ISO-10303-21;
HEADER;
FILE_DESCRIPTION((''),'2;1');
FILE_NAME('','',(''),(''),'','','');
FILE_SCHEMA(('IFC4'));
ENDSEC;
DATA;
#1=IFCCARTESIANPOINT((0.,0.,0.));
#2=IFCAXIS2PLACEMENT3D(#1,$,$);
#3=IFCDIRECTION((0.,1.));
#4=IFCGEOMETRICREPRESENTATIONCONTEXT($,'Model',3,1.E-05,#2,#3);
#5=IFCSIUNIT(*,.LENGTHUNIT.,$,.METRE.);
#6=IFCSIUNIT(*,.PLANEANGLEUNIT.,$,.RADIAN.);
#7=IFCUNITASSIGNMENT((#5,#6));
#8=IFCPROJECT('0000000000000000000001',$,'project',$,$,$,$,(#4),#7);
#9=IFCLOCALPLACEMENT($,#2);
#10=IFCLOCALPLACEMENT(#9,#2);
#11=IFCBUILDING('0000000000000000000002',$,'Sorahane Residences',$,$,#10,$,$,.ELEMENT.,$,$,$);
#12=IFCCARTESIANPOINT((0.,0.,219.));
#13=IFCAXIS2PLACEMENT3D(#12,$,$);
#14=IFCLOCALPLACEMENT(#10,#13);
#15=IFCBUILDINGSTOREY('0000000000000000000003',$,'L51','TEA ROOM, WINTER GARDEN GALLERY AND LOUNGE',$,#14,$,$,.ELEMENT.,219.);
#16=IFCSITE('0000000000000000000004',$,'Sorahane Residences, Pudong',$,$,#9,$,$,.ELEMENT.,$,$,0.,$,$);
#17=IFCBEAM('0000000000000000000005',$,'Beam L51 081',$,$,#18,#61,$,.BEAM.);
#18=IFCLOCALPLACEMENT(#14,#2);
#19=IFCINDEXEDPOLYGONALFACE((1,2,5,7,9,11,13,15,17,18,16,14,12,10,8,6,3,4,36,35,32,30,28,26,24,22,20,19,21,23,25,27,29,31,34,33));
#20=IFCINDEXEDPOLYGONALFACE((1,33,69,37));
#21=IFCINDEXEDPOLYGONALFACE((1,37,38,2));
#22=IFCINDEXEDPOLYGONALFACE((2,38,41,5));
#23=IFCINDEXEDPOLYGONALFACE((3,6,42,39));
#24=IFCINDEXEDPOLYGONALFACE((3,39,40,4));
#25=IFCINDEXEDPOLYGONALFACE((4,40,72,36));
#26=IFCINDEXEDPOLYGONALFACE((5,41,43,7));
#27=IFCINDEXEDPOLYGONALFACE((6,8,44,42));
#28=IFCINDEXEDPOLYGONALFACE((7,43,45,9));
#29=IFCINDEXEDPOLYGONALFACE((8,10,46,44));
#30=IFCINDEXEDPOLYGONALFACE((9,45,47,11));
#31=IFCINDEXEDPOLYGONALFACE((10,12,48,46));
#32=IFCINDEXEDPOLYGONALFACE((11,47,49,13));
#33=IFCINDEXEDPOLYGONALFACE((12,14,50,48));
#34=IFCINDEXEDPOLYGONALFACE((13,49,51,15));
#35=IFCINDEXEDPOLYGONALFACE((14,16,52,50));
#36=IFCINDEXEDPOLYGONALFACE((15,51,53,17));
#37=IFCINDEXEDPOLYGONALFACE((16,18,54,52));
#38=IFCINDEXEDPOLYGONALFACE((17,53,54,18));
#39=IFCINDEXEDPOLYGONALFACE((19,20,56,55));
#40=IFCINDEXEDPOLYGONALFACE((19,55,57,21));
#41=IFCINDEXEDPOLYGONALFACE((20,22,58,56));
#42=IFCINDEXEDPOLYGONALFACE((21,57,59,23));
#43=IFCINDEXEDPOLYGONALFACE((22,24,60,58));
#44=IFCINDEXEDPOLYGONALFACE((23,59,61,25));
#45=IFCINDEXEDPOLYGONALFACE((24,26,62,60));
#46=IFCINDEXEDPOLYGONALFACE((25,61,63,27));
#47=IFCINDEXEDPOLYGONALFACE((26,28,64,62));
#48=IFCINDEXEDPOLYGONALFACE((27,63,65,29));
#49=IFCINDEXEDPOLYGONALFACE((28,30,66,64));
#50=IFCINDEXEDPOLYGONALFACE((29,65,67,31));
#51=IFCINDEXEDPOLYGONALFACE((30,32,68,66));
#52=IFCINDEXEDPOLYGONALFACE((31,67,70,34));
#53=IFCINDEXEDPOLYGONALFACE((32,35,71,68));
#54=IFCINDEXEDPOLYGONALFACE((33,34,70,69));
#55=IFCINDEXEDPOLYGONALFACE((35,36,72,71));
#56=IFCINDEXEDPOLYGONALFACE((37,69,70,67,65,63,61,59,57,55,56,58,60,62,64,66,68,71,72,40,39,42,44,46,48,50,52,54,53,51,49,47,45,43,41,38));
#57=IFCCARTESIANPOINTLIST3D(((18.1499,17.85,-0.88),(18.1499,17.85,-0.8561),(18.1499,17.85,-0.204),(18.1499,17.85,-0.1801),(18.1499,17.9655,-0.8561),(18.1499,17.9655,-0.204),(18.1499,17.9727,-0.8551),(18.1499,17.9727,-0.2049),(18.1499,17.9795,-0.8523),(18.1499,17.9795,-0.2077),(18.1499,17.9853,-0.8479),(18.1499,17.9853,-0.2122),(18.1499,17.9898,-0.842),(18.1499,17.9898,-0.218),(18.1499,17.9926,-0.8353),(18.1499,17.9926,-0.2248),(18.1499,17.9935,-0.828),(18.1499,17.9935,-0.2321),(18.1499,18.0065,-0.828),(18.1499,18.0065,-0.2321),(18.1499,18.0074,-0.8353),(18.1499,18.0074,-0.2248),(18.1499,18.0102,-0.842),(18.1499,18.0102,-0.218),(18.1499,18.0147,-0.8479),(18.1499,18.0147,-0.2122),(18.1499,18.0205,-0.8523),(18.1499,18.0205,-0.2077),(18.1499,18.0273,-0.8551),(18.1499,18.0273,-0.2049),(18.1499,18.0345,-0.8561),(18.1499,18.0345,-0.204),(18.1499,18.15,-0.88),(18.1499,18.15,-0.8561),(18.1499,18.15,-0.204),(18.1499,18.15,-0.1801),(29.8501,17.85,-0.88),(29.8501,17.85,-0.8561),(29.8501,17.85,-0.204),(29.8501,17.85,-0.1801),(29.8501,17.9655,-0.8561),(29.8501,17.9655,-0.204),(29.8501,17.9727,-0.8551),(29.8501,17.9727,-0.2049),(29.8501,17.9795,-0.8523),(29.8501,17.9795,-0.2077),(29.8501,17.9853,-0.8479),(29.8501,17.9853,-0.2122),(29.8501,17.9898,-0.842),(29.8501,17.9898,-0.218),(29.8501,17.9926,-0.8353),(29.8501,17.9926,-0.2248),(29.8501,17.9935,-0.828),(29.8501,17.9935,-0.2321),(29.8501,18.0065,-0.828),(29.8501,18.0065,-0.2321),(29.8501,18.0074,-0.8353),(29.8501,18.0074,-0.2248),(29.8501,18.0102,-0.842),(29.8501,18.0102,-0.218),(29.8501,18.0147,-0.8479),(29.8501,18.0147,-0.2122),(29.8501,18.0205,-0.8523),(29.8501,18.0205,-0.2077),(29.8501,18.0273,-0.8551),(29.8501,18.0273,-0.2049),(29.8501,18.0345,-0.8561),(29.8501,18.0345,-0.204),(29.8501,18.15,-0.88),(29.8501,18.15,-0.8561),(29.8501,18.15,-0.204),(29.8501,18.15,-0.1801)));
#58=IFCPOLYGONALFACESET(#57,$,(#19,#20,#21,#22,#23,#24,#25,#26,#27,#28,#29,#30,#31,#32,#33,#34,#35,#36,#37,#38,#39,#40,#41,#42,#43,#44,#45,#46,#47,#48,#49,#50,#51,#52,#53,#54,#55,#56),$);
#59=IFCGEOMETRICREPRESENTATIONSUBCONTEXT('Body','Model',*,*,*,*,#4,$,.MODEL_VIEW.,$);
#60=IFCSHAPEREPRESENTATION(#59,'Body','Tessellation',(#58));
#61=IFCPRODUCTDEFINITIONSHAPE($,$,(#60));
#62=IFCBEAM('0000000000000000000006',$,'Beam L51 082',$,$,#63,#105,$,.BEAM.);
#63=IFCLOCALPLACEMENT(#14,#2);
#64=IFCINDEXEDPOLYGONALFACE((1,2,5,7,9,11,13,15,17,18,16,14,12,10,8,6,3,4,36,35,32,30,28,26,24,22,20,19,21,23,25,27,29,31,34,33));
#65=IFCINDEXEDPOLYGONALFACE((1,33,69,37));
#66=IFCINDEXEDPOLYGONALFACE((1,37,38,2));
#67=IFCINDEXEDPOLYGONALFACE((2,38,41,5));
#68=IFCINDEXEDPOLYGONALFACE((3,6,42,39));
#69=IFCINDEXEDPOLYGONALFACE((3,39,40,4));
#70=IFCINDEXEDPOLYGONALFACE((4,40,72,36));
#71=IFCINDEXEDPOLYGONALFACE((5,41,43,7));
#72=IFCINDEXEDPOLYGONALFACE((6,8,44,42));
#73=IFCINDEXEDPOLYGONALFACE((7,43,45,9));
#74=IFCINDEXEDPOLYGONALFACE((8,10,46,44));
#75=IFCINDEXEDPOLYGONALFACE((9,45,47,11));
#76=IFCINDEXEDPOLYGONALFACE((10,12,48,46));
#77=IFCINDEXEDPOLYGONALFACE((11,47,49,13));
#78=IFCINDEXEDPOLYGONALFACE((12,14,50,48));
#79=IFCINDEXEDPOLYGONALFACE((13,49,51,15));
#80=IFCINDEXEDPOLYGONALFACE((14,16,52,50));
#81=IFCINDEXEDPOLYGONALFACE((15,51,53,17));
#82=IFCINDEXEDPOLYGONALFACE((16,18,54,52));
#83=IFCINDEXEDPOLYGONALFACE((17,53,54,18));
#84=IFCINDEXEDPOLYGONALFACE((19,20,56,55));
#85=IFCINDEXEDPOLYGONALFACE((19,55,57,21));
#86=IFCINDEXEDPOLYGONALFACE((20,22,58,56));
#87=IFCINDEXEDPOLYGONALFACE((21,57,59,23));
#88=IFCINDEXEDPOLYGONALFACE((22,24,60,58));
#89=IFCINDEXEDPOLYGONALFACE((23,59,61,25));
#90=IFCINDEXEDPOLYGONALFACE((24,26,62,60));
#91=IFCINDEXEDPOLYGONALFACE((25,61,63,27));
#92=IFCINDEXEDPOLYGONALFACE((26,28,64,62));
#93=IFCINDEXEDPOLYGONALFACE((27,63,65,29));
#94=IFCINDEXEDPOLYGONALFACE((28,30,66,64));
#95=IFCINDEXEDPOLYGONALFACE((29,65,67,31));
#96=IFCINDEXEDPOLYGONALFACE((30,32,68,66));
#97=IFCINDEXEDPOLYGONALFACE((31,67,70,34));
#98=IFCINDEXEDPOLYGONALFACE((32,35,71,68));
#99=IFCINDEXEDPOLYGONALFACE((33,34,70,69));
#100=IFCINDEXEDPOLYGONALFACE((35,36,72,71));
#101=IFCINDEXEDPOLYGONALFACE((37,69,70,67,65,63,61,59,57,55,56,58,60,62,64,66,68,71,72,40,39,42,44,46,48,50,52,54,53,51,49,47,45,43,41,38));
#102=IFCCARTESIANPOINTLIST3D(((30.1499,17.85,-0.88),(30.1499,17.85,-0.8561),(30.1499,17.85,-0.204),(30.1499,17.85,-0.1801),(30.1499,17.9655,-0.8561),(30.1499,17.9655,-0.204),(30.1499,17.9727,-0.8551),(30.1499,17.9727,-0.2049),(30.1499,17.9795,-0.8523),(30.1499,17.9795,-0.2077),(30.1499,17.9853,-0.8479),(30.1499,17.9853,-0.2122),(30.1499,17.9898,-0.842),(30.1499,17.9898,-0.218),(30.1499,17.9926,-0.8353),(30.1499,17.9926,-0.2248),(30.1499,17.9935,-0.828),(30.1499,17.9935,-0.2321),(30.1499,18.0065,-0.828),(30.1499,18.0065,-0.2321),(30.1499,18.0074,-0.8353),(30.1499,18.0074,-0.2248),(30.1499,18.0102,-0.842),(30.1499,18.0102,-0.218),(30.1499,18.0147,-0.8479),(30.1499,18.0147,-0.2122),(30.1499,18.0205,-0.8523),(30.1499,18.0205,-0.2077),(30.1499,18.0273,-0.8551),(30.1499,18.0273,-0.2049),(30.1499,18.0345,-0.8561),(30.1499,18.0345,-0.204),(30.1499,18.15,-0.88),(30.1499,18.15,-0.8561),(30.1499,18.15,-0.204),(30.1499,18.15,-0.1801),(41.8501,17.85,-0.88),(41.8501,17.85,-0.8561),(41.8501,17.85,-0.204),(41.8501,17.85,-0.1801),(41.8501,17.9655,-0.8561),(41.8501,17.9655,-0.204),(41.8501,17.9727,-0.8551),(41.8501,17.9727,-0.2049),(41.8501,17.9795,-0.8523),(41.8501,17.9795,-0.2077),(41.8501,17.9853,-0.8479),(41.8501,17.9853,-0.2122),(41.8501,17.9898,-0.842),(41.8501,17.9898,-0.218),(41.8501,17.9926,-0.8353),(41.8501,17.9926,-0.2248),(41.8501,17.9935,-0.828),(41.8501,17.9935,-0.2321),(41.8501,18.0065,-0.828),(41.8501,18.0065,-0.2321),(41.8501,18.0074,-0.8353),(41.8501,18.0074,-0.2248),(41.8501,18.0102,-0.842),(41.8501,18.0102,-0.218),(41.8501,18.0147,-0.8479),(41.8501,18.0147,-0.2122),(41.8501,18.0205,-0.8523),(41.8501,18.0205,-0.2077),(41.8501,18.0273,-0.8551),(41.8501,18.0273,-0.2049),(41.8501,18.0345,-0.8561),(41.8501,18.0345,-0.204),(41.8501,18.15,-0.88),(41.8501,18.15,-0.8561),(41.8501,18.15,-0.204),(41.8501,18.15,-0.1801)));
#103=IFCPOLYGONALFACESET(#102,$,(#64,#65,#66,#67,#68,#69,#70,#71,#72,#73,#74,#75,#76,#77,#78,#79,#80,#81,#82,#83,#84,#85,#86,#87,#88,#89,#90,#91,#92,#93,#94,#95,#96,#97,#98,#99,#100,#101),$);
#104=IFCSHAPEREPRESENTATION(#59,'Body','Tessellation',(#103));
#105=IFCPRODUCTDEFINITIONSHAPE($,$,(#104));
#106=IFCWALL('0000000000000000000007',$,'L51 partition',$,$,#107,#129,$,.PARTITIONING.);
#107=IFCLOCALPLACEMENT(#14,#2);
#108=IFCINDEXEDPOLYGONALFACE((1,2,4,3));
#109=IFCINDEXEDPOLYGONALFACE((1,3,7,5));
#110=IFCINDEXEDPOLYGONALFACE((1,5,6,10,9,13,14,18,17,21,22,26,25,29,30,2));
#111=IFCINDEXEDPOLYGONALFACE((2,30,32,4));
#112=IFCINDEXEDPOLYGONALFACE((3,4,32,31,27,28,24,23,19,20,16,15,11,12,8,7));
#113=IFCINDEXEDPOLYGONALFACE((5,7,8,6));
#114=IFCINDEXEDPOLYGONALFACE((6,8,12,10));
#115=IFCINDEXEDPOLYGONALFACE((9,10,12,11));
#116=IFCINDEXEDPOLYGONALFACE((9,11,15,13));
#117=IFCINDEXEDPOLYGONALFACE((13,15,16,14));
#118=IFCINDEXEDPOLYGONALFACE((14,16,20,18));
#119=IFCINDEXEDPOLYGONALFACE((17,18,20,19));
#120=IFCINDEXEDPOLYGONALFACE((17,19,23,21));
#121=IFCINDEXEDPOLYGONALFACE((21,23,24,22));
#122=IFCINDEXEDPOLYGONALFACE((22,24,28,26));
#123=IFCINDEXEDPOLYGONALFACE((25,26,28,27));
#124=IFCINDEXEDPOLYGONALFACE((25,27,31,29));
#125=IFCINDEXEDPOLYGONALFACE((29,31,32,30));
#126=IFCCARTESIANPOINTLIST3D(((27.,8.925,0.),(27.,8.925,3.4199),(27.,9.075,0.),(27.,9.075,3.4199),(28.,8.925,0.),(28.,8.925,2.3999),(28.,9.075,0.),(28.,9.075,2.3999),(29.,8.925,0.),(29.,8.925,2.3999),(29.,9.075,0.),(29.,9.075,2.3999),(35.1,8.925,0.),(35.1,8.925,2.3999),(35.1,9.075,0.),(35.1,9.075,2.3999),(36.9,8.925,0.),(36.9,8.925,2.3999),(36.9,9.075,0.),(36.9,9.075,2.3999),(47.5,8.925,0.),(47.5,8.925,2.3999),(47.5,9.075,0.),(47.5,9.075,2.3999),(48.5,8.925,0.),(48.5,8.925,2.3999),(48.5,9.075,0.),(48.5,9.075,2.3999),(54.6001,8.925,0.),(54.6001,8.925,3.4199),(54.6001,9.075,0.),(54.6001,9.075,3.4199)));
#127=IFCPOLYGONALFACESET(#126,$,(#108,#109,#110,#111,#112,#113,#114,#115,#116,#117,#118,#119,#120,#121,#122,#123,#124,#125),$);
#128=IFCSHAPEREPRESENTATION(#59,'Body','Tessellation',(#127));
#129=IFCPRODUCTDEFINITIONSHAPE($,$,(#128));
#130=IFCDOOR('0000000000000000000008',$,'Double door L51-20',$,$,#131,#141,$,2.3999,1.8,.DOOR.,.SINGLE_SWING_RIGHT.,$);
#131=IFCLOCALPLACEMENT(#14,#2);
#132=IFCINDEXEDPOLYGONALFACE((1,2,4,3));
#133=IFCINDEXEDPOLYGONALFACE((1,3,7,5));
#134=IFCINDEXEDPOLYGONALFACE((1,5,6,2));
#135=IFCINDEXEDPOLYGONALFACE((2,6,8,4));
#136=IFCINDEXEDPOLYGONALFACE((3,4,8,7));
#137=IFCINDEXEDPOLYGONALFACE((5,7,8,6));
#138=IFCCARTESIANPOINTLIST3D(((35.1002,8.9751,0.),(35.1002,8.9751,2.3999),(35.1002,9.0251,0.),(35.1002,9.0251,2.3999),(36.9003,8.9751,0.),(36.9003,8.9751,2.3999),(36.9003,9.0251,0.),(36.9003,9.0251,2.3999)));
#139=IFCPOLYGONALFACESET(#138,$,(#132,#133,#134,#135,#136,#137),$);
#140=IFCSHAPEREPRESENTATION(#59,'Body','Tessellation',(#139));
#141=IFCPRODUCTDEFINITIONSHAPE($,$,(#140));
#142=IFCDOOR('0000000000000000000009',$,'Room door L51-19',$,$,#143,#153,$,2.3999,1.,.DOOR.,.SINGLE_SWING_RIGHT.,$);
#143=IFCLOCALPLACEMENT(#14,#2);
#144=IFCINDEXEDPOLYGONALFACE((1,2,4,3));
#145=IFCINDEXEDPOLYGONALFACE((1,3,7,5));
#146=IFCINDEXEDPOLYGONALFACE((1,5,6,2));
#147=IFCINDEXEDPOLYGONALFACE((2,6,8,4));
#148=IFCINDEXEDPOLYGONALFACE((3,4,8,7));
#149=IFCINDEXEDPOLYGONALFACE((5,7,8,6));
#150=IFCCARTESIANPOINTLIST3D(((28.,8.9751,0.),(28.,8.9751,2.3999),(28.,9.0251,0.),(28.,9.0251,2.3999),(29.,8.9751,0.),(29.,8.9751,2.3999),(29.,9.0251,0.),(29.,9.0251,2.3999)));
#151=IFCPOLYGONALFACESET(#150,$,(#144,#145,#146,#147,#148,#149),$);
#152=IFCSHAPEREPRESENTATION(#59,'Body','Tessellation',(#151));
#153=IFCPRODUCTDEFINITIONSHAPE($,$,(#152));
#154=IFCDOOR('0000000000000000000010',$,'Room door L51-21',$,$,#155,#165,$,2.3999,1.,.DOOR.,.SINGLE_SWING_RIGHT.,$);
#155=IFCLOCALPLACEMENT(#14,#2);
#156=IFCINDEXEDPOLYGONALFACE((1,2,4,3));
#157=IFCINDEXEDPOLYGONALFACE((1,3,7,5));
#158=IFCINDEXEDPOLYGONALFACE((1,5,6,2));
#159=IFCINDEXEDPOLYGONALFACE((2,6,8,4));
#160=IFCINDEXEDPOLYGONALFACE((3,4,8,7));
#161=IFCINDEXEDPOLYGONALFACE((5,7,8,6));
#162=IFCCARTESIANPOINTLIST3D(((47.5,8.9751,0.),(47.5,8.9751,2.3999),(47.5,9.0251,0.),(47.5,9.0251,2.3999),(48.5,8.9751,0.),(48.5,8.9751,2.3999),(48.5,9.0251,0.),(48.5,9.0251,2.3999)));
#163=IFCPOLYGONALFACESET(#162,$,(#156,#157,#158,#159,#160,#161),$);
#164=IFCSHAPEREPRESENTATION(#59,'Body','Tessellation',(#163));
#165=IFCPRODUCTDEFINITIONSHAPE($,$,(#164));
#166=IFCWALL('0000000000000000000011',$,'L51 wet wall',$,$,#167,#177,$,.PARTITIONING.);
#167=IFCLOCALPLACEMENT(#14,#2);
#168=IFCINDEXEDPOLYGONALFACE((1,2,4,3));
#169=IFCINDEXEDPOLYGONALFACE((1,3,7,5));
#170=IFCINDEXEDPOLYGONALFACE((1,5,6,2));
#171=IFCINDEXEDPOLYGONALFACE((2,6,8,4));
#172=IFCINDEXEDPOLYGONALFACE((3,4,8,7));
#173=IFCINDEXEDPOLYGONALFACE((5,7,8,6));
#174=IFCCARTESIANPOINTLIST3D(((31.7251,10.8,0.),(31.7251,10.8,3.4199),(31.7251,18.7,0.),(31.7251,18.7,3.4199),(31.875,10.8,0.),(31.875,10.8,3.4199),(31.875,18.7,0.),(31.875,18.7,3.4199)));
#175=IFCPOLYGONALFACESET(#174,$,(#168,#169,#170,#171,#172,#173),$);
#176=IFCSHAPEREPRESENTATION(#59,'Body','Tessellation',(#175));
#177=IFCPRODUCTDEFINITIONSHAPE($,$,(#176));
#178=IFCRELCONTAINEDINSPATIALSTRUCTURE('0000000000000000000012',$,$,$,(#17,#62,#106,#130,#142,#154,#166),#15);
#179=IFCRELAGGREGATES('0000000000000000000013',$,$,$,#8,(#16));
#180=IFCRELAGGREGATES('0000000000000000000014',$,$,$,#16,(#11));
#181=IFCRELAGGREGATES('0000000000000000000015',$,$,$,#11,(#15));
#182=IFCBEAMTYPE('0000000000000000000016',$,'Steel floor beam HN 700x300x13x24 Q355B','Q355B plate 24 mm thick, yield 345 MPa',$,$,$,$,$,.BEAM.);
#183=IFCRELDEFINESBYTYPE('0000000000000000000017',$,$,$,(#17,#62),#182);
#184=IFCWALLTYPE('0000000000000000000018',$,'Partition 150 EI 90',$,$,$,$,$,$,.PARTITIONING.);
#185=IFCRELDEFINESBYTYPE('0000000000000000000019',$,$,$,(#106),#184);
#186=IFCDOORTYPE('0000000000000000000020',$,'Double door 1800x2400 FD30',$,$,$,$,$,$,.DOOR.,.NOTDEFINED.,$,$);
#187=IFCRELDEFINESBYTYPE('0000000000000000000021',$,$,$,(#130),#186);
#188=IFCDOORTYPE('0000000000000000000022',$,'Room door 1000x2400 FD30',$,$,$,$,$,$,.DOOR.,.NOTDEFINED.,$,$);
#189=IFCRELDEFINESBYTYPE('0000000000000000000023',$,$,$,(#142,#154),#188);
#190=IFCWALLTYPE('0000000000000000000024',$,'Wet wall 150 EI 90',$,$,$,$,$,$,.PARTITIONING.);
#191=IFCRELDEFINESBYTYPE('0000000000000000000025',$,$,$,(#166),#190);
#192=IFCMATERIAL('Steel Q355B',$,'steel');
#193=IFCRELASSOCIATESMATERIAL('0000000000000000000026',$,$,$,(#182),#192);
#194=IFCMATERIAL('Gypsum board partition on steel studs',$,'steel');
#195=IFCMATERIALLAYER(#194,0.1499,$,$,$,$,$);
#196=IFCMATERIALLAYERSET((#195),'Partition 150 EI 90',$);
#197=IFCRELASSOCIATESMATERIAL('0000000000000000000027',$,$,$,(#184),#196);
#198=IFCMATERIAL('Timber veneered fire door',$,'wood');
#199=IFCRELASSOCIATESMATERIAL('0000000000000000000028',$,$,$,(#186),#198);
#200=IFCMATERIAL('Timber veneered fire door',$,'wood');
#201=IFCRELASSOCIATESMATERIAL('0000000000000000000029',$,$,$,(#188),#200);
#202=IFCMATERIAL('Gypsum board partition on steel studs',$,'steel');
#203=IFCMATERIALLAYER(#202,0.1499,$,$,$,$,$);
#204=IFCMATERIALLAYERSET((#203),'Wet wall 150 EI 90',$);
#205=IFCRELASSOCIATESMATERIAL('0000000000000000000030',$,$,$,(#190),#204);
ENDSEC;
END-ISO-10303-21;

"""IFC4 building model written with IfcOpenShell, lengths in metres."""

from ifc_helpers import new_model, si_unit, direction, frame, frame_2d, origin, origin_2d, place, context, subcontext, project, spatial, rectangle, i_section, extrude, material, layer, layer_set, material_profile, profile_set, type_object, element, fill, save


model = new_model("IFC4")

# Units and contexts
model_context = context("Model", 3, precision=1e-05, world=origin(), true_north=direction((0.0, 1.0)))
body_context = subcontext(model_context, "Body", "Model", "MODEL_VIEW")
ifc_project = project(units=[si_unit("LENGTHUNIT", "METRE"), si_unit("PLANEANGLEUNIT", "RADIAN")], contexts=[model_context])

# Site, building, storey
site_placement = place(None, origin())
site = spatial("IfcSite", under=ifc_project, at=site_placement, Name="Sorahane Residences, Pudong", CompositionType="ELEMENT", RefElevation=0.0)
building_placement = place(site_placement, origin())
building = spatial("IfcBuilding", under=site, at=building_placement, Name="Sorahane Residences", CompositionType="ELEMENT")
storey_placement = place(building_placement, frame((0.0, 0.0, 219.0)))
storey = spatial("IfcBuildingStorey", under=building, at=storey_placement, Name="L51", Description="TEA ROOM, WINTER GARDEN GALLERY AND LOUNGE", CompositionType="ELEMENT", Elevation=219.0)

# Beams
ifc_material_1 = material(Name="Steel Q355B", Category="steel")
ifc_material_profile_1 = material_profile(ifc_material_1, i_section(OverallWidth=0.3, OverallDepth=0.7, WebThickness=0.0129, FlangeThickness=0.0239, FilletRadius=0.0281, at=origin_2d()), Name="HN 700x300x13x24")
ifc_profile_set_1 = profile_set([ifc_material_profile_1], Name="Steel Q355B")
beam_type_1 = type_object("IfcBeamType", Name="Steel floor beam HN 700x300x13x24 Q355B", Description="Q355B plate 24 mm thick, yield 345 MPa", PredefinedType="BEAM", material=ifc_profile_set_1)
for number, where, z_axis, x_axis, name in (
    (1, (18.1499, 18.0, -0.53), (1.0, 0.0, 0.0), (0.0, 1.0, 0.0), "Beam L51 081"),
    (2, (30.1499, 18.0, -0.53), (1.0, 0.0, 0.0), (0.0, 1.0, 0.0), "Beam L51 082"),
):
    element("IfcBeam", number, at=place(storey_placement, frame(where, z_axis=z_axis, x_axis=x_axis)), inside=storey, type_object=beam_type_1, Name=name, PredefinedType="BEAM", context=body_context, shape_type="SweptSolid", body=[
        extrude(i_section(OverallWidth=0.3, OverallDepth=0.7, WebThickness=0.0129, FlangeThickness=0.0239, FilletRadius=0.0281, at=origin_2d()), origin(), (0.0, 0.0, 1.0), 11.7002),
    ])

# Wall, openings, doors
ifc_material_2 = material(Name="Gypsum board partition on steel studs", Category="steel")
ifc_layer_1 = layer(ifc_material_2, 0.1499)
ifc_layer_set_1 = layer_set([ifc_layer_1], Name="Partition 150 EI 90")
wall_type_1 = type_object("IfcWallType", Name="Partition 150 EI 90", PredefinedType="PARTITIONING", material=ifc_layer_set_1)
wall_1_placement = place(storey_placement, frame((27.0, 9.0, 0.0), z_axis=(0.0, 0.0, 1.0), x_axis=(1.0, 0.0, 0.0)))
wall_1 = element("IfcWall", 3, at=wall_1_placement, inside=storey, type_object=wall_type_1, Name="L51 partition", PredefinedType="PARTITIONING", context=body_context, shape_type="SweptSolid", body=[
    extrude(rectangle(XDim=27.6001, YDim=0.1499, at=frame_2d((13.8, 0.0))), origin(), (0.0, 0.0, 1.0), 3.4199),
])
opening_1_placement = place(wall_1_placement, frame((1.0, 0.0, 0.0)))
opening_1 = element("IfcOpeningElement", 4, at=opening_1_placement, cuts=wall_1, PredefinedType="OPENING", context=body_context, shape_type="SweptSolid", body=[
    extrude(rectangle(XDim=1.0, YDim=2.3999, at=frame_2d((0.5, 1.2))), frame((0.0, 0.085, 0.0), z_axis=(0.0, -1.0, 0.0), x_axis=(1.0, 0.0, 0.0)), (0.0, 0.0, 1.0), 0.1699),
])
opening_2_placement = place(wall_1_placement, frame((8.1001, 0.0, 0.0)))
opening_2 = element("IfcOpeningElement", 5, at=opening_2_placement, cuts=wall_1, PredefinedType="OPENING", context=body_context, shape_type="SweptSolid", body=[
    extrude(rectangle(XDim=1.8, YDim=2.3999, at=frame_2d((0.8999, 1.2))), frame((0.0, 0.085, 0.0), z_axis=(0.0, -1.0, 0.0), x_axis=(1.0, 0.0, 0.0)), (0.0, 0.0, 1.0), 0.1699),
])
opening_3_placement = place(wall_1_placement, frame((20.5, 0.0, 0.0)))
opening_3 = element("IfcOpeningElement", 6, at=opening_3_placement, cuts=wall_1, PredefinedType="OPENING", context=body_context, shape_type="SweptSolid", body=[
    extrude(rectangle(XDim=1.0, YDim=2.3999, at=frame_2d((0.5, 1.2))), frame((0.0, 0.085, 0.0), z_axis=(0.0, -1.0, 0.0), x_axis=(1.0, 0.0, 0.0)), (0.0, 0.0, 1.0), 0.1699),
])
ifc_material_3 = material(Name="Timber veneered fire door", Category="wood")
door_type_1 = type_object("IfcDoorType", Name="Double door 1800x2400 FD30", OperationType="NOTDEFINED", PredefinedType="DOOR", material=ifc_material_3)
door_1_placement = place(opening_2_placement, frame((1.8, 0.0, 0.0), z_axis=(0.0, 0.0, 1.0), x_axis=(-1.0, 0.0, 0.0)))
door_1 = element("IfcDoor", 7, at=door_1_placement, inside=storey, type_object=door_type_1, Name="Double door L51-20", OperationType="SINGLE_SWING_RIGHT", OverallHeight=2.3999, OverallWidth=1.8, PredefinedType="DOOR", context=body_context, shape_type="SweptSolid", body=[
    extrude(rectangle(XDim=1.8, YDim=2.3999, at=frame_2d((0.8999, 1.2))), frame((0.0, 0.0249, 0.0), z_axis=(0.0, -1.0, 0.0), x_axis=(1.0, 0.0, 0.0)), (0.0, 0.0, 1.0), 0.05),
])
fill(opening_2, door_1)
ifc_material_4 = material(Name="Timber veneered fire door", Category="wood")
door_type_2 = type_object("IfcDoorType", Name="Room door 1000x2400 FD30", OperationType="NOTDEFINED", PredefinedType="DOOR", material=ifc_material_4)
door_2_placement = place(opening_1_placement, frame((1.0, 0.0, 0.0), z_axis=(0.0, 0.0, 1.0), x_axis=(-1.0, 0.0, 0.0)))
door_2 = element("IfcDoor", 8, at=door_2_placement, inside=storey, type_object=door_type_2, Name="Room door L51-19", OperationType="SINGLE_SWING_RIGHT", OverallHeight=2.3999, OverallWidth=1.0, PredefinedType="DOOR", context=body_context, shape_type="SweptSolid", body=[
    extrude(rectangle(XDim=1.0, YDim=2.3999, at=frame_2d((0.5, 1.2))), frame((0.0, 0.0249, 0.0), z_axis=(0.0, -1.0, 0.0), x_axis=(1.0, 0.0, 0.0)), (0.0, 0.0, 1.0), 0.05),
])
fill(opening_1, door_2)
door_3_placement = place(opening_3_placement, frame((1.0, 0.0, 0.0), z_axis=(0.0, 0.0, 1.0), x_axis=(-1.0, 0.0, 0.0)))
door_3 = element("IfcDoor", 9, at=door_3_placement, inside=storey, type_object=door_type_2, Name="Room door L51-21", OperationType="SINGLE_SWING_RIGHT", OverallHeight=2.3999, OverallWidth=1.0, PredefinedType="DOOR", context=body_context, shape_type="SweptSolid", body=[
    extrude(rectangle(XDim=1.0, YDim=2.3999, at=frame_2d((0.5, 1.2))), frame((0.0, 0.0249, 0.0), z_axis=(0.0, -1.0, 0.0), x_axis=(1.0, 0.0, 0.0)), (0.0, 0.0, 1.0), 0.05),
])
fill(opening_3, door_3)

# Wall
ifc_material_5 = material(Name="Gypsum board partition on steel studs", Category="steel")
ifc_layer_2 = layer(ifc_material_5, 0.1499)
ifc_layer_set_2 = layer_set([ifc_layer_2], Name="Wet wall 150 EI 90")
wall_type_2 = type_object("IfcWallType", Name="Wet wall 150 EI 90", PredefinedType="PARTITIONING", material=ifc_layer_set_2)
wall_2_placement = place(storey_placement, frame((31.8, 10.8, 0.0), z_axis=(0.0, 0.0, 1.0), x_axis=(0.0, 1.0, 0.0)))
element("IfcWall", 10, at=wall_2_placement, inside=storey, type_object=wall_type_2, Name="L51 wet wall", PredefinedType="PARTITIONING", context=body_context, shape_type="SweptSolid", body=[
    extrude(rectangle(XDim=7.8999, YDim=0.1499, at=frame_2d((3.95, 0.0))), origin(), (0.0, 0.0, 1.0), 3.4199),
])

save(model, "model.ifc")
